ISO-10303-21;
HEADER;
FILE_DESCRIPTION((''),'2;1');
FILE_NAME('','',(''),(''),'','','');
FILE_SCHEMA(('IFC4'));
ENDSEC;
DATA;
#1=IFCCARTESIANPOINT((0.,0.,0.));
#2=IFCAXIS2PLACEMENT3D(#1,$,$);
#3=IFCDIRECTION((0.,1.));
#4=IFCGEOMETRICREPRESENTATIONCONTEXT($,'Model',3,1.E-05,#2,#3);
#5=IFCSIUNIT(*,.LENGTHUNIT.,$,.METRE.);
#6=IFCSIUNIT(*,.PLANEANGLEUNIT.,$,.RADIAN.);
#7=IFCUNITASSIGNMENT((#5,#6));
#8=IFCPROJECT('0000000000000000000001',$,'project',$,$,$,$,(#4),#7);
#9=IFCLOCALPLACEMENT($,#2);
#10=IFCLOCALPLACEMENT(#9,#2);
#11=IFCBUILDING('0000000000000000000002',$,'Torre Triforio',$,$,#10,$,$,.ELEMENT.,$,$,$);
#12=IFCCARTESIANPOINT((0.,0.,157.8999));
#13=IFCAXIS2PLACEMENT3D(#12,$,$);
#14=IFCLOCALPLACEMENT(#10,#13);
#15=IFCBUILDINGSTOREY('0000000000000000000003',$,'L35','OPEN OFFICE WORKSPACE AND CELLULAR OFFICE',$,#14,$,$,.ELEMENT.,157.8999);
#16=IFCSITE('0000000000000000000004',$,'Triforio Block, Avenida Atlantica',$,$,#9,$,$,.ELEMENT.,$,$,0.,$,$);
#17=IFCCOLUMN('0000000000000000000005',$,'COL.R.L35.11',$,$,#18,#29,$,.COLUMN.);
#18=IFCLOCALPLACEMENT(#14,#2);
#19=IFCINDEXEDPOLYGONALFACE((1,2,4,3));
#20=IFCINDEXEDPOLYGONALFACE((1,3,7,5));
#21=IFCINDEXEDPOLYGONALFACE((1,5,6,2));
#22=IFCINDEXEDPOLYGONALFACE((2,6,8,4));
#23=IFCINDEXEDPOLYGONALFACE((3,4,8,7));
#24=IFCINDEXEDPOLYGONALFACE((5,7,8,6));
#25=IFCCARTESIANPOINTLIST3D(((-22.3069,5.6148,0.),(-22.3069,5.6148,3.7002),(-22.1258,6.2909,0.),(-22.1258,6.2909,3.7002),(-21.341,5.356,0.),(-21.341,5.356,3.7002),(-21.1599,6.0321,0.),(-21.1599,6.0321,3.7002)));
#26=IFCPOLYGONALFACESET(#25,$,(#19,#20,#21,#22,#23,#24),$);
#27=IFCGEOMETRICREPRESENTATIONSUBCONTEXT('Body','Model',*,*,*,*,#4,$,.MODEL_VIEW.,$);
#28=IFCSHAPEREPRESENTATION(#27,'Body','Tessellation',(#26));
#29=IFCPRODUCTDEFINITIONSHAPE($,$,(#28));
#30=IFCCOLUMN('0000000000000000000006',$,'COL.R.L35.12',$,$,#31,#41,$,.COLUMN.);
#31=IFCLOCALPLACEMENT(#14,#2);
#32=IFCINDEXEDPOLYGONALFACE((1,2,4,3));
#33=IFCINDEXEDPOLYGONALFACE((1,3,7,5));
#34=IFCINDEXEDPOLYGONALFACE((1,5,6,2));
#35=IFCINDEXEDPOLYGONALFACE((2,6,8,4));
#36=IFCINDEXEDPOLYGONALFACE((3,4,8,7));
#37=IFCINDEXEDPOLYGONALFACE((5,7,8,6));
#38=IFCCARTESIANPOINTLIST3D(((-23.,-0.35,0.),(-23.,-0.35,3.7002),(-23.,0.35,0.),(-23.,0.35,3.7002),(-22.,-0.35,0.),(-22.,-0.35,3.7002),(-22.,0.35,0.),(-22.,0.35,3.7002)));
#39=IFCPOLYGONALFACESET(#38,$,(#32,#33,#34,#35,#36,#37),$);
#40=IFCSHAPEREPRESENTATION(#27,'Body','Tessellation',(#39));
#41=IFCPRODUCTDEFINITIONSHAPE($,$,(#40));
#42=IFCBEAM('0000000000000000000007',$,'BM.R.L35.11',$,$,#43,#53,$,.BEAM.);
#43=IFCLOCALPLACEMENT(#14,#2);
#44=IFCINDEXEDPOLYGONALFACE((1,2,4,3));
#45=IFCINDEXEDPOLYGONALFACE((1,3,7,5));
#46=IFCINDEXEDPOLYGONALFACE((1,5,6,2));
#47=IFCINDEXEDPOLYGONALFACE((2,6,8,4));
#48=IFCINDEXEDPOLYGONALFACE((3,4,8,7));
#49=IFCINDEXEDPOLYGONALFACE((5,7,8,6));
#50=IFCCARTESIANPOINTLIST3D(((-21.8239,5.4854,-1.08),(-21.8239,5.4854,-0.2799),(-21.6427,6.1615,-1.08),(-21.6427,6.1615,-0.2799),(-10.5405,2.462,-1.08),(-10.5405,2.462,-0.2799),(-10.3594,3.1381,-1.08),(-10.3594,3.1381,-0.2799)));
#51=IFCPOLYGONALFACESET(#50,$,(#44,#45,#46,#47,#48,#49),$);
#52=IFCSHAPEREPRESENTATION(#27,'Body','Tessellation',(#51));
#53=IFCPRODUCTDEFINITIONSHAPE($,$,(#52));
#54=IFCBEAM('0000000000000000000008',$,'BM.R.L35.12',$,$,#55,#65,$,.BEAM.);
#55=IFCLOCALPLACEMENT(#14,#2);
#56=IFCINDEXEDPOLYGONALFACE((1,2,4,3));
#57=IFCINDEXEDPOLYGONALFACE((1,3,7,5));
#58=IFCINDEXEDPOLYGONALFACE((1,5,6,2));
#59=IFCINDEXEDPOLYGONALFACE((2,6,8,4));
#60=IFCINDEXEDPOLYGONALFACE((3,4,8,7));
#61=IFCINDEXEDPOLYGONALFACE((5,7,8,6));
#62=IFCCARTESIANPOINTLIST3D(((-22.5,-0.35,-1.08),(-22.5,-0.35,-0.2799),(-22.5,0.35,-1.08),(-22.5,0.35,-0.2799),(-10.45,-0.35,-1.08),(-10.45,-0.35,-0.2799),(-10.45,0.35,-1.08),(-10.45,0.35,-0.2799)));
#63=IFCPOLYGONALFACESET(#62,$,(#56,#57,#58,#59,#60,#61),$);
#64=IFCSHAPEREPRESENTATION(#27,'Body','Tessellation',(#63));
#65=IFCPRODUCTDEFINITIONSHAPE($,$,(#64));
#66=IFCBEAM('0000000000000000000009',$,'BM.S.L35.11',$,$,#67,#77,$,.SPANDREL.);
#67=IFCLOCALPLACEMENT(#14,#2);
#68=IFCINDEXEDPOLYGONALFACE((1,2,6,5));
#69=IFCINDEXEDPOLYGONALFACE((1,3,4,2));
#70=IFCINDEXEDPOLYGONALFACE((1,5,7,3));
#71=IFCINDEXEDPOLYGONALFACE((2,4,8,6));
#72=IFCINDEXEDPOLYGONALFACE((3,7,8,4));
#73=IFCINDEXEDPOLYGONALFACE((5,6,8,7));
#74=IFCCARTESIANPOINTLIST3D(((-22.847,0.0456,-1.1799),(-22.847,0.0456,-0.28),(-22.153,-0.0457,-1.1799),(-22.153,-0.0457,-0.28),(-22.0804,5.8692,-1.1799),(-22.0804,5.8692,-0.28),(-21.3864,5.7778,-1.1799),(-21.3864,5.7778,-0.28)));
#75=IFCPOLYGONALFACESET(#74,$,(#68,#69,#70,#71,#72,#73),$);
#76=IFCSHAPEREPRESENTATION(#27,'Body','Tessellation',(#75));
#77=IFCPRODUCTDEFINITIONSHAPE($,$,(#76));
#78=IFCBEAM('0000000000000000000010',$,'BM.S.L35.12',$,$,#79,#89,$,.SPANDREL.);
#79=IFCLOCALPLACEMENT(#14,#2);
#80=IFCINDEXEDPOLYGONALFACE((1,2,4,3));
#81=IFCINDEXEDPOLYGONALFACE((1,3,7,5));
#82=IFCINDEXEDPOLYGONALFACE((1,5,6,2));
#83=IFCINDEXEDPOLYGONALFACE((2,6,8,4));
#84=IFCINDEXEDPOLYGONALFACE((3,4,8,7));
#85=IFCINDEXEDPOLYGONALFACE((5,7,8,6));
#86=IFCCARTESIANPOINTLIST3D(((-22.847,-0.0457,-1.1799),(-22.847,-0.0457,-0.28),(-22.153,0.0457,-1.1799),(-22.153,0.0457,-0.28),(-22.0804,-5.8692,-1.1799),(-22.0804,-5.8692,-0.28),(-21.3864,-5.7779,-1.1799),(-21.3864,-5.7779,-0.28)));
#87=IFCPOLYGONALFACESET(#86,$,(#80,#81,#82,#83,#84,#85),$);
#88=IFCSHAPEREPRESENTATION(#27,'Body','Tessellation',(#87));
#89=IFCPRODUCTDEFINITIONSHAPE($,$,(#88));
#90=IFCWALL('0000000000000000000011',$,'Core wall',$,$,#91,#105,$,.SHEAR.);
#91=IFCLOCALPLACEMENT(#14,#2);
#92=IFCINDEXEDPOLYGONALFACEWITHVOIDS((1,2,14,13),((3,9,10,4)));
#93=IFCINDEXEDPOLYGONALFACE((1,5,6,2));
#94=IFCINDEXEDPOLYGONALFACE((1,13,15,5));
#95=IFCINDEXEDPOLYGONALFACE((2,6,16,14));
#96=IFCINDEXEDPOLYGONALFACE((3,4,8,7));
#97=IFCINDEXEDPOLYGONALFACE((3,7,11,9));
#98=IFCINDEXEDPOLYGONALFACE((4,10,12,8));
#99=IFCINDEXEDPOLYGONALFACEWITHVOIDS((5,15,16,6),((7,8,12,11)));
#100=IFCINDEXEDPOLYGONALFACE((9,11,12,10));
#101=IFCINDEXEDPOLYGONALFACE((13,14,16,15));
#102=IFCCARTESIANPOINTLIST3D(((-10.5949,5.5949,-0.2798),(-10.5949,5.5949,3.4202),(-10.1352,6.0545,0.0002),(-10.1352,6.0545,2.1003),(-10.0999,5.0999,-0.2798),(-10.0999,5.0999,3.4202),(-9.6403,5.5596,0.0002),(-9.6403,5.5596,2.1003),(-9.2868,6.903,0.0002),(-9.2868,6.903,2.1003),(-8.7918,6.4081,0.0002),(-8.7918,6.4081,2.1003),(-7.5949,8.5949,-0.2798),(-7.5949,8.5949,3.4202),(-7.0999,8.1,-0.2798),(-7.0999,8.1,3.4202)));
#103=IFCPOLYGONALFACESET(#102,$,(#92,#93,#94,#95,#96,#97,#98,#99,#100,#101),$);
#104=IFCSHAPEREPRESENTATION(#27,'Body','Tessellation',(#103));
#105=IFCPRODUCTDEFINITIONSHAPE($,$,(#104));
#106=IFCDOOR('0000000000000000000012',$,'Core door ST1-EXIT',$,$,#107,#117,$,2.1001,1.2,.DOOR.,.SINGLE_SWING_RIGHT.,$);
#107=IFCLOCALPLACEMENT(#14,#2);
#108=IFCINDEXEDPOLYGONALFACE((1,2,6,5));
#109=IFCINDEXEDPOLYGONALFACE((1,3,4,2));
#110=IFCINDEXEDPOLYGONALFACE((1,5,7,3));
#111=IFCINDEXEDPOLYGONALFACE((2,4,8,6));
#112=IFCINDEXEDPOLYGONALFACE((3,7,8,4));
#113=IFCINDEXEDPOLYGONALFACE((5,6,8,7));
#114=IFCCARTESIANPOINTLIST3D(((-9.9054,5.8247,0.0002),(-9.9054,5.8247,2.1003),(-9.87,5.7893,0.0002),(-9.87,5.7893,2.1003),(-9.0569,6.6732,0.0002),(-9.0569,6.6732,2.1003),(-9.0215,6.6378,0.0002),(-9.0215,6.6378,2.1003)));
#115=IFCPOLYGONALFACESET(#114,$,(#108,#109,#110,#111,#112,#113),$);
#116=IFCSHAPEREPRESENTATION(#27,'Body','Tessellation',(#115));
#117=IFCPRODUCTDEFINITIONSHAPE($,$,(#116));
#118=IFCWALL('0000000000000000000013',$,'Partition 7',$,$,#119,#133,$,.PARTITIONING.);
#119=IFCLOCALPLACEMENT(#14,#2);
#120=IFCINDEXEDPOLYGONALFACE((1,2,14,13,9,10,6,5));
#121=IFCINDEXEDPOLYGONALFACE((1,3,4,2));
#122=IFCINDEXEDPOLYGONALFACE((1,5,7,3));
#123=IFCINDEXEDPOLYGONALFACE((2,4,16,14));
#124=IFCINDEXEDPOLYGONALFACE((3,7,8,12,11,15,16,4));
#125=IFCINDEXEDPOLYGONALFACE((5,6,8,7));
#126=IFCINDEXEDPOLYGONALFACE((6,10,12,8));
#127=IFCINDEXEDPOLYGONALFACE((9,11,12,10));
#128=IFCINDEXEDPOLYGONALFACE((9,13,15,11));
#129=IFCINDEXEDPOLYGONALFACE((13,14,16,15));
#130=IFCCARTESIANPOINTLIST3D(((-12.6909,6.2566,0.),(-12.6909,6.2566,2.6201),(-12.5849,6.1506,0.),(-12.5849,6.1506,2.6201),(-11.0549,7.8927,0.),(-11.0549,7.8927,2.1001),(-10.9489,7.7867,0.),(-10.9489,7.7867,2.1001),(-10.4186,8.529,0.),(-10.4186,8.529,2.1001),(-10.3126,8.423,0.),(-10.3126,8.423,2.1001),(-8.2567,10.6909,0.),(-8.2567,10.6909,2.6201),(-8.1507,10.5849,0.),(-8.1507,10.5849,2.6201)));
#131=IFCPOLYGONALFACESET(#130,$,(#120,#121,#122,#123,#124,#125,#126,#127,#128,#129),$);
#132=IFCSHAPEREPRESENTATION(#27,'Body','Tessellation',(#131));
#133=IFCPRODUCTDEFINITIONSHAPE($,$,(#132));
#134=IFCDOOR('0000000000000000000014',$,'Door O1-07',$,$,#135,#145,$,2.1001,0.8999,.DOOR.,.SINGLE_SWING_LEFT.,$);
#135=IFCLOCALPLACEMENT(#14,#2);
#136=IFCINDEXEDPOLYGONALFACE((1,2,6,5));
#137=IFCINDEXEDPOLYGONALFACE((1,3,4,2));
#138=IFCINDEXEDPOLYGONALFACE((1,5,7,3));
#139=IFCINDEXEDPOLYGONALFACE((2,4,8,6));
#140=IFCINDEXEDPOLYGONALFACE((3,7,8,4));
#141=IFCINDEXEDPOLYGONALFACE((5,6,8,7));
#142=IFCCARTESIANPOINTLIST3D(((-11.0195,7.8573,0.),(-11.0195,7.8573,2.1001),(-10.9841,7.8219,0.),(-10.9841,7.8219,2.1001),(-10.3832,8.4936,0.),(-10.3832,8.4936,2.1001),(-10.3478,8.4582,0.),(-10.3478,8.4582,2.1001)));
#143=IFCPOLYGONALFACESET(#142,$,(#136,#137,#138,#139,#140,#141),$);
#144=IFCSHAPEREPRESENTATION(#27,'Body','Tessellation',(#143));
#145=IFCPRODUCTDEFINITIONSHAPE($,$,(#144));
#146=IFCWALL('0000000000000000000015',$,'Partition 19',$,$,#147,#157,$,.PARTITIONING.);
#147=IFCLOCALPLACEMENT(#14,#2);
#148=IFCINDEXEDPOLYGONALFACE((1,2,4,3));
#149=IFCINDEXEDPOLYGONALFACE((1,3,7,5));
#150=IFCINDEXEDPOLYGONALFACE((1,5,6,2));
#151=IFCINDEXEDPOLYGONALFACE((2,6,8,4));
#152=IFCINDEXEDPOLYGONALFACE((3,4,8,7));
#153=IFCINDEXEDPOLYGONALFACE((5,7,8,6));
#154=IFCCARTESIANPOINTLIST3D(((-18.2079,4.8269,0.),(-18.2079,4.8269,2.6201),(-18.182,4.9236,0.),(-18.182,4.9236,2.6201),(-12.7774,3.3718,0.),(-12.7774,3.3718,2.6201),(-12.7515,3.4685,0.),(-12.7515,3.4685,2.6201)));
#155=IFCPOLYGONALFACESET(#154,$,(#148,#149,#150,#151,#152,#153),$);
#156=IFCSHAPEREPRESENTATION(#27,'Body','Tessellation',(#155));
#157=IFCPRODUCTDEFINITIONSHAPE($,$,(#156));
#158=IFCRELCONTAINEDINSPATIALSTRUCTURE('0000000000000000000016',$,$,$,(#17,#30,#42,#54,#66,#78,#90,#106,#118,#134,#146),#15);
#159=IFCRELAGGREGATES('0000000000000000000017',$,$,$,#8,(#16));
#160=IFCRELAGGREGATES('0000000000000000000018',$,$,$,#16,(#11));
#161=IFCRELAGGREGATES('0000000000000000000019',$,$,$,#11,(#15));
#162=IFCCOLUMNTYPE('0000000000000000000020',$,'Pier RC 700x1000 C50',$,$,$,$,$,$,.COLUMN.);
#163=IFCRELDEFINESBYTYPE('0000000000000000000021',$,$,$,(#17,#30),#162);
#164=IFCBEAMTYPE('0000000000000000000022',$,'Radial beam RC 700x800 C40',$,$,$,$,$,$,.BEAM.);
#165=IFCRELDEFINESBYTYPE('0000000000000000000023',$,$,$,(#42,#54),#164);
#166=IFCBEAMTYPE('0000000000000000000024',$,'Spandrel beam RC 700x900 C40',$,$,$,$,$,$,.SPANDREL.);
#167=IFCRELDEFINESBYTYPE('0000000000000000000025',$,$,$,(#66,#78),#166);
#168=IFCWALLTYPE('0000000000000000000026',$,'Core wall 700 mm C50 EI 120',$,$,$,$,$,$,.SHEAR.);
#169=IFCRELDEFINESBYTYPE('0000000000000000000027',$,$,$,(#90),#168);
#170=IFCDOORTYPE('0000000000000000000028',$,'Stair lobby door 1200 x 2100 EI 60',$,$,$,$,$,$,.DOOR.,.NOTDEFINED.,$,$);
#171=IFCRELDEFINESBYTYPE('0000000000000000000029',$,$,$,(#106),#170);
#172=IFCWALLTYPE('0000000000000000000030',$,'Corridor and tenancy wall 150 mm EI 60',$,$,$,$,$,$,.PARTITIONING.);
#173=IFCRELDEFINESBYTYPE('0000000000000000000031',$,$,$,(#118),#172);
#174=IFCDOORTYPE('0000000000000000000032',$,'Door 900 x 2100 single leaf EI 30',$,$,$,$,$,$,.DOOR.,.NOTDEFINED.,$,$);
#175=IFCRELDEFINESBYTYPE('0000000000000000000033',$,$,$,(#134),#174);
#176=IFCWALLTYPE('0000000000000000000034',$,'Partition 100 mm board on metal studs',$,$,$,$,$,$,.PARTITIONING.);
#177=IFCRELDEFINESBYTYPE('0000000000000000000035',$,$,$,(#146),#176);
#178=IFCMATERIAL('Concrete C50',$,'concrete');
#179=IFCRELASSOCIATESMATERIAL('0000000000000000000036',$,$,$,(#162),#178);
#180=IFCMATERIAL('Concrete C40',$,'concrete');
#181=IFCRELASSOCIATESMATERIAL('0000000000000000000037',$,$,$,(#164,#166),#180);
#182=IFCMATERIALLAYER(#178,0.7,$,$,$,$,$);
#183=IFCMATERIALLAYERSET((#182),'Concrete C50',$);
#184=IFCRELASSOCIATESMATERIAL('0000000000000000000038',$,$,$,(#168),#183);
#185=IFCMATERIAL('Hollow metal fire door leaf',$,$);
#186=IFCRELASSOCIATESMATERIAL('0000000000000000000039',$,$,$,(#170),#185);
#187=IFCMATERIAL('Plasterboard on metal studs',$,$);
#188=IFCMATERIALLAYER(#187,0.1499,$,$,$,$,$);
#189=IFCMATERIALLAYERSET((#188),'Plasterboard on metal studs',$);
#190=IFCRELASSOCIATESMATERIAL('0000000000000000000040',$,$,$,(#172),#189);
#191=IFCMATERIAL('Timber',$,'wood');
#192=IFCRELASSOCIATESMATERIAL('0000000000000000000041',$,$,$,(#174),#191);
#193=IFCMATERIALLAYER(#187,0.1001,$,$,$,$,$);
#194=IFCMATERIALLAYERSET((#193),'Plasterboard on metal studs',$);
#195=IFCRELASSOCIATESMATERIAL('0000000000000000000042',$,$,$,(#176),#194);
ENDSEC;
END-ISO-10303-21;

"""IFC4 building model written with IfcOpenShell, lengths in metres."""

from ifc_helpers import new_model, si_unit, direction, frame, frame_2d, origin, origin_2d, place, context, subcontext, project, spatial, rectangle, extrude, material, layer, layer_set, material_profile, profile_set, type_object, element, fill, save


model = new_model("IFC4")

# Units and contexts
model_context = context("Model", 3, precision=1e-05, world=origin(), true_north=direction((0.0, 1.0)))
body_context = subcontext(model_context, "Body", "Model", "MODEL_VIEW")
ifc_project = project(units=[si_unit("LENGTHUNIT", "METRE"), si_unit("PLANEANGLEUNIT", "RADIAN")], contexts=[model_context])

# Site, building, storey
site_placement = place(None, origin())
site = spatial("IfcSite", under=ifc_project, at=site_placement, Name="Triforio Block, Avenida Atlantica", CompositionType="ELEMENT", RefElevation=0.0)
building_placement = place(site_placement, origin())
building = spatial("IfcBuilding", under=site, at=building_placement, Name="Torre Triforio", CompositionType="ELEMENT")
storey_placement = place(building_placement, frame((0.0, 0.0, 157.8999)))
storey = spatial("IfcBuildingStorey", under=building, at=storey_placement, Name="L35", Description="OPEN OFFICE WORKSPACE AND CELLULAR OFFICE", CompositionType="ELEMENT", Elevation=157.8999)

# Columns
ifc_material_1 = material(Name="Concrete C50", Category="concrete")
ifc_material_profile_1 = material_profile(ifc_material_1, rectangle(XDim=0.7, YDim=1.0, at=origin_2d()), Name="RC 700x1000")
ifc_profile_set_1 = profile_set([ifc_material_profile_1], Name="Concrete C50")
column_type = type_object("IfcColumnType", Name="Pier RC 700x1000 C50", PredefinedType="COLUMN", material=ifc_profile_set_1)
for number, where, z_axis, x_axis, name in (
    (1, (-21.7334, 5.8235, 0.0), (0.0, 0.0, 1.0), (-0.258819, -0.965926, 0.0), "COL.R.L35.11"),
    (2, (-22.5, 0.0, 0.0), (0.0, 0.0, 1.0), (0.0, -1.0, 0.0), "COL.R.L35.12"),
):
    element("IfcColumn", number, at=place(storey_placement, frame(where, z_axis=z_axis, x_axis=x_axis)), inside=storey, type_object=column_type, Name=name, PredefinedType="COLUMN", context=body_context, shape_type="SweptSolid", body=[
        extrude(rectangle(XDim=0.7, YDim=1.0, at=origin_2d()), origin(), (0.0, 0.0, 1.0), 3.7002),
    ])

# Beams
ifc_material_2 = material(Name="Concrete C40", Category="concrete")
ifc_material_profile_2 = material_profile(ifc_material_2, rectangle(XDim=0.7, YDim=0.8, at=origin_2d()), Name="RC 700x800")
ifc_profile_set_2 = profile_set([ifc_material_profile_2], Name="Concrete C40")
beam_type_1 = type_object("IfcBeamType", Name="Radial beam RC 700x800 C40", PredefinedType="BEAM", material=ifc_profile_set_2)
beam_1_placement = place(storey_placement, frame((-10.45, 2.8, -0.6799), z_axis=(-0.965925, 0.258823, 0.0), x_axis=(-0.258823, -0.965925, 0.0)))
element("IfcBeam", 3, at=beam_1_placement, inside=storey, type_object=beam_type_1, Name="BM.R.L35.11", PredefinedType="BEAM", context=body_context, shape_type="SweptSolid", body=[
    extrude(rectangle(XDim=0.7, YDim=0.8, at=origin_2d()), origin(), (0.0, 0.0, 1.0), 11.6814),
])
beam_2_placement = place(storey_placement, frame((-10.45, 0.0, -0.6799), z_axis=(-1.0, 0.0, 0.0), x_axis=(0.0, -1.0, 0.0)))
element("IfcBeam", 4, at=beam_2_placement, inside=storey, type_object=beam_type_1, Name="BM.R.L35.12", PredefinedType="BEAM", context=body_context, shape_type="SweptSolid", body=[
    extrude(rectangle(XDim=0.7, YDim=0.8, at=origin_2d()), origin(), (0.0, 0.0, 1.0), 12.05),
])
ifc_material_profile_3 = material_profile(ifc_material_2, rectangle(XDim=0.7, YDim=0.8999, at=origin_2d()), Name="RC 700x900")
ifc_profile_set_3 = profile_set([ifc_material_profile_3], Name="Concrete C40")
beam_type_2 = type_object("IfcBeamType", Name="Spandrel beam RC 700x900 C40", PredefinedType="SPANDREL", material=ifc_profile_set_3)
for number, where, z_axis, x_axis, name in (
    (5, (-21.7334, 5.8235, -0.73), (-0.130514, -0.991447, 0.0), (0.991447, -0.130514, 0.0), "BM.S.L35.11"),
    (6, (-22.5, 0.0, -0.73), (0.130514, -0.991447, 0.0), (0.991447, 0.130514, 0.0), "BM.S.L35.12"),
):
    element("IfcBeam", number, at=place(storey_placement, frame(where, z_axis=z_axis, x_axis=x_axis)), inside=storey, type_object=beam_type_2, Name=name, PredefinedType="SPANDREL", context=body_context, shape_type="SweptSolid", body=[
        extrude(rectangle(XDim=0.7, YDim=0.8999, at=origin_2d()), origin(), (0.0, 0.0, 1.0), 5.8738),
    ])

# Walls, openings, doors
ifc_layer_1 = layer(ifc_material_1, 0.7)
ifc_layer_set_1 = layer_set([ifc_layer_1], Name="Concrete C50")
wall_type_1 = type_object("IfcWallType", Name="Core wall 700 mm C50 EI 120", PredefinedType="SHEAR", material=ifc_layer_set_1)
wall_1_placement = place(storey_placement, frame((-10.3474, 5.3474, -0.2798), z_axis=(0.0, 0.0, 1.0), x_axis=(0.707107, 0.707107, 0.0)))
wall_1 = element("IfcWall", 7, at=wall_1_placement, inside=storey, type_object=wall_type_1, Name="Core wall", PredefinedType="SHEAR", context=body_context, shape_type="SweptSolid", body=[
    extrude(rectangle(XDim=4.2427, YDim=0.7, at=frame_2d((2.1213, 0.0))), origin(), (0.0, 0.0, 1.0), 3.7),
])
opening_1_placement = place(wall_1_placement, frame((0.6499, 0.0, 0.28)))
opening_1 = element("IfcOpeningElement", 8, at=opening_1_placement, cuts=wall_1, PredefinedType="OPENING", context=body_context, shape_type="SweptSolid", body=[
    extrude(rectangle(XDim=1.2, YDim=2.1001, at=frame_2d((0.6001, 1.05))), frame((0.0, 0.3599, 0.0), z_axis=(0.0, -1.0, 0.0), x_axis=(1.0, 0.0, 0.0)), (0.0, 0.0, 1.0), 0.72),
])
ifc_material_3 = material(Name="Hollow metal fire door leaf")
door_type_1 = type_object("IfcDoorType", Name="Stair lobby door 1200 x 2100 EI 60", OperationType="NOTDEFINED", PredefinedType="DOOR", material=ifc_material_3)
door_1_placement = place(opening_1_placement, origin())
door_1 = element("IfcDoor", 9, at=door_1_placement, inside=storey, type_object=door_type_1, Name="Core door ST1-EXIT", OperationType="SINGLE_SWING_RIGHT", OverallHeight=2.1001, OverallWidth=1.2, PredefinedType="DOOR", context=body_context, shape_type="SweptSolid", body=[
    extrude(rectangle(XDim=1.2, YDim=2.1001, at=frame_2d((0.6001, 1.05))), frame((0.0, 0.0249, 0.0), z_axis=(0.0, -1.0, 0.0), x_axis=(1.0, 0.0, 0.0)), (0.0, 0.0, 1.0), 0.05),
])
fill(opening_1, door_1)
ifc_material_4 = material(Name="Plasterboard on metal studs")
ifc_layer_2 = layer(ifc_material_4, 0.1499)
ifc_layer_set_2 = layer_set([ifc_layer_2], Name="Plasterboard on metal studs")
wall_type_2 = type_object("IfcWallType", Name="Corridor and tenancy wall 150 mm EI 60", PredefinedType="PARTITIONING", material=ifc_layer_set_2)
wall_2_placement = place(storey_placement, frame((-12.6379, 6.2036, 0.0), z_axis=(0.0, 0.0, 1.0), x_axis=(0.707107, 0.707107, 0.0)))
wall_2 = element("IfcWall", 10, at=wall_2_placement, inside=storey, type_object=wall_type_2, Name="Partition 7", PredefinedType="PARTITIONING", context=body_context, shape_type="SweptSolid", body=[
    extrude(rectangle(XDim=6.271, YDim=0.1499, at=frame_2d((3.1355, 0.0))), origin(), (0.0, 0.0, 1.0), 2.6201),
])
opening_2_placement = place(wall_2_placement, frame((2.3137, 0.0, 0.0)))
opening_2 = element("IfcOpeningElement", 11, at=opening_2_placement, cuts=wall_2, PredefinedType="OPENING", context=body_context, shape_type="SweptSolid", body=[
    extrude(rectangle(XDim=0.8999, YDim=2.1001, at=frame_2d((0.45, 1.05))), frame((0.0, 0.085, 0.0), z_axis=(0.0, -1.0, 0.0), x_axis=(1.0, 0.0, 0.0)), (0.0, 0.0, 1.0), 0.1699),
])
ifc_material_5 = material(Name="Timber", Category="wood")
door_type_2 = type_object("IfcDoorType", Name="Door 900 x 2100 single leaf EI 30", OperationType="NOTDEFINED", PredefinedType="DOOR", material=ifc_material_5)
door_2_placement = place(opening_2_placement, origin())
door_2 = element("IfcDoor", 12, at=door_2_placement, inside=storey, type_object=door_type_2, Name="Door O1-07", OperationType="SINGLE_SWING_LEFT", OverallHeight=2.1001, OverallWidth=0.8999, PredefinedType="DOOR", context=body_context, shape_type="SweptSolid", body=[
    extrude(rectangle(XDim=0.8999, YDim=2.1001, at=frame_2d((0.45, 1.05))), frame((0.0, 0.0249, 0.0), z_axis=(0.0, -1.0, 0.0), x_axis=(1.0, 0.0, 0.0)), (0.0, 0.0, 1.0), 0.05),
])
fill(opening_2, door_2)

# Wall
ifc_layer_3 = layer(ifc_material_4, 0.1001)
ifc_layer_set_3 = layer_set([ifc_layer_3], Name="Plasterboard on metal studs")
wall_type_3 = type_object("IfcWallType", Name="Partition 100 mm board on metal studs", PredefinedType="PARTITIONING", material=ifc_layer_set_3)
wall_3_placement = place(storey_placement, frame((-12.7644, 3.4202, 0.0), z_axis=(0.0, 0.0, 1.0), x_axis=(-0.965926, 0.258819, 0.0)))
element("IfcWall", 13, at=wall_3_placement, inside=storey, type_object=wall_type_3, Name="Partition 19", PredefinedType="PARTITIONING", context=body_context, shape_type="SweptSolid", body=[
    extrude(rectangle(XDim=5.6221, YDim=0.1001, at=frame_2d((2.811, 0.0))), origin(), (0.0, 0.0, 1.0), 2.6201),
])

save(model, "model.ifc")
